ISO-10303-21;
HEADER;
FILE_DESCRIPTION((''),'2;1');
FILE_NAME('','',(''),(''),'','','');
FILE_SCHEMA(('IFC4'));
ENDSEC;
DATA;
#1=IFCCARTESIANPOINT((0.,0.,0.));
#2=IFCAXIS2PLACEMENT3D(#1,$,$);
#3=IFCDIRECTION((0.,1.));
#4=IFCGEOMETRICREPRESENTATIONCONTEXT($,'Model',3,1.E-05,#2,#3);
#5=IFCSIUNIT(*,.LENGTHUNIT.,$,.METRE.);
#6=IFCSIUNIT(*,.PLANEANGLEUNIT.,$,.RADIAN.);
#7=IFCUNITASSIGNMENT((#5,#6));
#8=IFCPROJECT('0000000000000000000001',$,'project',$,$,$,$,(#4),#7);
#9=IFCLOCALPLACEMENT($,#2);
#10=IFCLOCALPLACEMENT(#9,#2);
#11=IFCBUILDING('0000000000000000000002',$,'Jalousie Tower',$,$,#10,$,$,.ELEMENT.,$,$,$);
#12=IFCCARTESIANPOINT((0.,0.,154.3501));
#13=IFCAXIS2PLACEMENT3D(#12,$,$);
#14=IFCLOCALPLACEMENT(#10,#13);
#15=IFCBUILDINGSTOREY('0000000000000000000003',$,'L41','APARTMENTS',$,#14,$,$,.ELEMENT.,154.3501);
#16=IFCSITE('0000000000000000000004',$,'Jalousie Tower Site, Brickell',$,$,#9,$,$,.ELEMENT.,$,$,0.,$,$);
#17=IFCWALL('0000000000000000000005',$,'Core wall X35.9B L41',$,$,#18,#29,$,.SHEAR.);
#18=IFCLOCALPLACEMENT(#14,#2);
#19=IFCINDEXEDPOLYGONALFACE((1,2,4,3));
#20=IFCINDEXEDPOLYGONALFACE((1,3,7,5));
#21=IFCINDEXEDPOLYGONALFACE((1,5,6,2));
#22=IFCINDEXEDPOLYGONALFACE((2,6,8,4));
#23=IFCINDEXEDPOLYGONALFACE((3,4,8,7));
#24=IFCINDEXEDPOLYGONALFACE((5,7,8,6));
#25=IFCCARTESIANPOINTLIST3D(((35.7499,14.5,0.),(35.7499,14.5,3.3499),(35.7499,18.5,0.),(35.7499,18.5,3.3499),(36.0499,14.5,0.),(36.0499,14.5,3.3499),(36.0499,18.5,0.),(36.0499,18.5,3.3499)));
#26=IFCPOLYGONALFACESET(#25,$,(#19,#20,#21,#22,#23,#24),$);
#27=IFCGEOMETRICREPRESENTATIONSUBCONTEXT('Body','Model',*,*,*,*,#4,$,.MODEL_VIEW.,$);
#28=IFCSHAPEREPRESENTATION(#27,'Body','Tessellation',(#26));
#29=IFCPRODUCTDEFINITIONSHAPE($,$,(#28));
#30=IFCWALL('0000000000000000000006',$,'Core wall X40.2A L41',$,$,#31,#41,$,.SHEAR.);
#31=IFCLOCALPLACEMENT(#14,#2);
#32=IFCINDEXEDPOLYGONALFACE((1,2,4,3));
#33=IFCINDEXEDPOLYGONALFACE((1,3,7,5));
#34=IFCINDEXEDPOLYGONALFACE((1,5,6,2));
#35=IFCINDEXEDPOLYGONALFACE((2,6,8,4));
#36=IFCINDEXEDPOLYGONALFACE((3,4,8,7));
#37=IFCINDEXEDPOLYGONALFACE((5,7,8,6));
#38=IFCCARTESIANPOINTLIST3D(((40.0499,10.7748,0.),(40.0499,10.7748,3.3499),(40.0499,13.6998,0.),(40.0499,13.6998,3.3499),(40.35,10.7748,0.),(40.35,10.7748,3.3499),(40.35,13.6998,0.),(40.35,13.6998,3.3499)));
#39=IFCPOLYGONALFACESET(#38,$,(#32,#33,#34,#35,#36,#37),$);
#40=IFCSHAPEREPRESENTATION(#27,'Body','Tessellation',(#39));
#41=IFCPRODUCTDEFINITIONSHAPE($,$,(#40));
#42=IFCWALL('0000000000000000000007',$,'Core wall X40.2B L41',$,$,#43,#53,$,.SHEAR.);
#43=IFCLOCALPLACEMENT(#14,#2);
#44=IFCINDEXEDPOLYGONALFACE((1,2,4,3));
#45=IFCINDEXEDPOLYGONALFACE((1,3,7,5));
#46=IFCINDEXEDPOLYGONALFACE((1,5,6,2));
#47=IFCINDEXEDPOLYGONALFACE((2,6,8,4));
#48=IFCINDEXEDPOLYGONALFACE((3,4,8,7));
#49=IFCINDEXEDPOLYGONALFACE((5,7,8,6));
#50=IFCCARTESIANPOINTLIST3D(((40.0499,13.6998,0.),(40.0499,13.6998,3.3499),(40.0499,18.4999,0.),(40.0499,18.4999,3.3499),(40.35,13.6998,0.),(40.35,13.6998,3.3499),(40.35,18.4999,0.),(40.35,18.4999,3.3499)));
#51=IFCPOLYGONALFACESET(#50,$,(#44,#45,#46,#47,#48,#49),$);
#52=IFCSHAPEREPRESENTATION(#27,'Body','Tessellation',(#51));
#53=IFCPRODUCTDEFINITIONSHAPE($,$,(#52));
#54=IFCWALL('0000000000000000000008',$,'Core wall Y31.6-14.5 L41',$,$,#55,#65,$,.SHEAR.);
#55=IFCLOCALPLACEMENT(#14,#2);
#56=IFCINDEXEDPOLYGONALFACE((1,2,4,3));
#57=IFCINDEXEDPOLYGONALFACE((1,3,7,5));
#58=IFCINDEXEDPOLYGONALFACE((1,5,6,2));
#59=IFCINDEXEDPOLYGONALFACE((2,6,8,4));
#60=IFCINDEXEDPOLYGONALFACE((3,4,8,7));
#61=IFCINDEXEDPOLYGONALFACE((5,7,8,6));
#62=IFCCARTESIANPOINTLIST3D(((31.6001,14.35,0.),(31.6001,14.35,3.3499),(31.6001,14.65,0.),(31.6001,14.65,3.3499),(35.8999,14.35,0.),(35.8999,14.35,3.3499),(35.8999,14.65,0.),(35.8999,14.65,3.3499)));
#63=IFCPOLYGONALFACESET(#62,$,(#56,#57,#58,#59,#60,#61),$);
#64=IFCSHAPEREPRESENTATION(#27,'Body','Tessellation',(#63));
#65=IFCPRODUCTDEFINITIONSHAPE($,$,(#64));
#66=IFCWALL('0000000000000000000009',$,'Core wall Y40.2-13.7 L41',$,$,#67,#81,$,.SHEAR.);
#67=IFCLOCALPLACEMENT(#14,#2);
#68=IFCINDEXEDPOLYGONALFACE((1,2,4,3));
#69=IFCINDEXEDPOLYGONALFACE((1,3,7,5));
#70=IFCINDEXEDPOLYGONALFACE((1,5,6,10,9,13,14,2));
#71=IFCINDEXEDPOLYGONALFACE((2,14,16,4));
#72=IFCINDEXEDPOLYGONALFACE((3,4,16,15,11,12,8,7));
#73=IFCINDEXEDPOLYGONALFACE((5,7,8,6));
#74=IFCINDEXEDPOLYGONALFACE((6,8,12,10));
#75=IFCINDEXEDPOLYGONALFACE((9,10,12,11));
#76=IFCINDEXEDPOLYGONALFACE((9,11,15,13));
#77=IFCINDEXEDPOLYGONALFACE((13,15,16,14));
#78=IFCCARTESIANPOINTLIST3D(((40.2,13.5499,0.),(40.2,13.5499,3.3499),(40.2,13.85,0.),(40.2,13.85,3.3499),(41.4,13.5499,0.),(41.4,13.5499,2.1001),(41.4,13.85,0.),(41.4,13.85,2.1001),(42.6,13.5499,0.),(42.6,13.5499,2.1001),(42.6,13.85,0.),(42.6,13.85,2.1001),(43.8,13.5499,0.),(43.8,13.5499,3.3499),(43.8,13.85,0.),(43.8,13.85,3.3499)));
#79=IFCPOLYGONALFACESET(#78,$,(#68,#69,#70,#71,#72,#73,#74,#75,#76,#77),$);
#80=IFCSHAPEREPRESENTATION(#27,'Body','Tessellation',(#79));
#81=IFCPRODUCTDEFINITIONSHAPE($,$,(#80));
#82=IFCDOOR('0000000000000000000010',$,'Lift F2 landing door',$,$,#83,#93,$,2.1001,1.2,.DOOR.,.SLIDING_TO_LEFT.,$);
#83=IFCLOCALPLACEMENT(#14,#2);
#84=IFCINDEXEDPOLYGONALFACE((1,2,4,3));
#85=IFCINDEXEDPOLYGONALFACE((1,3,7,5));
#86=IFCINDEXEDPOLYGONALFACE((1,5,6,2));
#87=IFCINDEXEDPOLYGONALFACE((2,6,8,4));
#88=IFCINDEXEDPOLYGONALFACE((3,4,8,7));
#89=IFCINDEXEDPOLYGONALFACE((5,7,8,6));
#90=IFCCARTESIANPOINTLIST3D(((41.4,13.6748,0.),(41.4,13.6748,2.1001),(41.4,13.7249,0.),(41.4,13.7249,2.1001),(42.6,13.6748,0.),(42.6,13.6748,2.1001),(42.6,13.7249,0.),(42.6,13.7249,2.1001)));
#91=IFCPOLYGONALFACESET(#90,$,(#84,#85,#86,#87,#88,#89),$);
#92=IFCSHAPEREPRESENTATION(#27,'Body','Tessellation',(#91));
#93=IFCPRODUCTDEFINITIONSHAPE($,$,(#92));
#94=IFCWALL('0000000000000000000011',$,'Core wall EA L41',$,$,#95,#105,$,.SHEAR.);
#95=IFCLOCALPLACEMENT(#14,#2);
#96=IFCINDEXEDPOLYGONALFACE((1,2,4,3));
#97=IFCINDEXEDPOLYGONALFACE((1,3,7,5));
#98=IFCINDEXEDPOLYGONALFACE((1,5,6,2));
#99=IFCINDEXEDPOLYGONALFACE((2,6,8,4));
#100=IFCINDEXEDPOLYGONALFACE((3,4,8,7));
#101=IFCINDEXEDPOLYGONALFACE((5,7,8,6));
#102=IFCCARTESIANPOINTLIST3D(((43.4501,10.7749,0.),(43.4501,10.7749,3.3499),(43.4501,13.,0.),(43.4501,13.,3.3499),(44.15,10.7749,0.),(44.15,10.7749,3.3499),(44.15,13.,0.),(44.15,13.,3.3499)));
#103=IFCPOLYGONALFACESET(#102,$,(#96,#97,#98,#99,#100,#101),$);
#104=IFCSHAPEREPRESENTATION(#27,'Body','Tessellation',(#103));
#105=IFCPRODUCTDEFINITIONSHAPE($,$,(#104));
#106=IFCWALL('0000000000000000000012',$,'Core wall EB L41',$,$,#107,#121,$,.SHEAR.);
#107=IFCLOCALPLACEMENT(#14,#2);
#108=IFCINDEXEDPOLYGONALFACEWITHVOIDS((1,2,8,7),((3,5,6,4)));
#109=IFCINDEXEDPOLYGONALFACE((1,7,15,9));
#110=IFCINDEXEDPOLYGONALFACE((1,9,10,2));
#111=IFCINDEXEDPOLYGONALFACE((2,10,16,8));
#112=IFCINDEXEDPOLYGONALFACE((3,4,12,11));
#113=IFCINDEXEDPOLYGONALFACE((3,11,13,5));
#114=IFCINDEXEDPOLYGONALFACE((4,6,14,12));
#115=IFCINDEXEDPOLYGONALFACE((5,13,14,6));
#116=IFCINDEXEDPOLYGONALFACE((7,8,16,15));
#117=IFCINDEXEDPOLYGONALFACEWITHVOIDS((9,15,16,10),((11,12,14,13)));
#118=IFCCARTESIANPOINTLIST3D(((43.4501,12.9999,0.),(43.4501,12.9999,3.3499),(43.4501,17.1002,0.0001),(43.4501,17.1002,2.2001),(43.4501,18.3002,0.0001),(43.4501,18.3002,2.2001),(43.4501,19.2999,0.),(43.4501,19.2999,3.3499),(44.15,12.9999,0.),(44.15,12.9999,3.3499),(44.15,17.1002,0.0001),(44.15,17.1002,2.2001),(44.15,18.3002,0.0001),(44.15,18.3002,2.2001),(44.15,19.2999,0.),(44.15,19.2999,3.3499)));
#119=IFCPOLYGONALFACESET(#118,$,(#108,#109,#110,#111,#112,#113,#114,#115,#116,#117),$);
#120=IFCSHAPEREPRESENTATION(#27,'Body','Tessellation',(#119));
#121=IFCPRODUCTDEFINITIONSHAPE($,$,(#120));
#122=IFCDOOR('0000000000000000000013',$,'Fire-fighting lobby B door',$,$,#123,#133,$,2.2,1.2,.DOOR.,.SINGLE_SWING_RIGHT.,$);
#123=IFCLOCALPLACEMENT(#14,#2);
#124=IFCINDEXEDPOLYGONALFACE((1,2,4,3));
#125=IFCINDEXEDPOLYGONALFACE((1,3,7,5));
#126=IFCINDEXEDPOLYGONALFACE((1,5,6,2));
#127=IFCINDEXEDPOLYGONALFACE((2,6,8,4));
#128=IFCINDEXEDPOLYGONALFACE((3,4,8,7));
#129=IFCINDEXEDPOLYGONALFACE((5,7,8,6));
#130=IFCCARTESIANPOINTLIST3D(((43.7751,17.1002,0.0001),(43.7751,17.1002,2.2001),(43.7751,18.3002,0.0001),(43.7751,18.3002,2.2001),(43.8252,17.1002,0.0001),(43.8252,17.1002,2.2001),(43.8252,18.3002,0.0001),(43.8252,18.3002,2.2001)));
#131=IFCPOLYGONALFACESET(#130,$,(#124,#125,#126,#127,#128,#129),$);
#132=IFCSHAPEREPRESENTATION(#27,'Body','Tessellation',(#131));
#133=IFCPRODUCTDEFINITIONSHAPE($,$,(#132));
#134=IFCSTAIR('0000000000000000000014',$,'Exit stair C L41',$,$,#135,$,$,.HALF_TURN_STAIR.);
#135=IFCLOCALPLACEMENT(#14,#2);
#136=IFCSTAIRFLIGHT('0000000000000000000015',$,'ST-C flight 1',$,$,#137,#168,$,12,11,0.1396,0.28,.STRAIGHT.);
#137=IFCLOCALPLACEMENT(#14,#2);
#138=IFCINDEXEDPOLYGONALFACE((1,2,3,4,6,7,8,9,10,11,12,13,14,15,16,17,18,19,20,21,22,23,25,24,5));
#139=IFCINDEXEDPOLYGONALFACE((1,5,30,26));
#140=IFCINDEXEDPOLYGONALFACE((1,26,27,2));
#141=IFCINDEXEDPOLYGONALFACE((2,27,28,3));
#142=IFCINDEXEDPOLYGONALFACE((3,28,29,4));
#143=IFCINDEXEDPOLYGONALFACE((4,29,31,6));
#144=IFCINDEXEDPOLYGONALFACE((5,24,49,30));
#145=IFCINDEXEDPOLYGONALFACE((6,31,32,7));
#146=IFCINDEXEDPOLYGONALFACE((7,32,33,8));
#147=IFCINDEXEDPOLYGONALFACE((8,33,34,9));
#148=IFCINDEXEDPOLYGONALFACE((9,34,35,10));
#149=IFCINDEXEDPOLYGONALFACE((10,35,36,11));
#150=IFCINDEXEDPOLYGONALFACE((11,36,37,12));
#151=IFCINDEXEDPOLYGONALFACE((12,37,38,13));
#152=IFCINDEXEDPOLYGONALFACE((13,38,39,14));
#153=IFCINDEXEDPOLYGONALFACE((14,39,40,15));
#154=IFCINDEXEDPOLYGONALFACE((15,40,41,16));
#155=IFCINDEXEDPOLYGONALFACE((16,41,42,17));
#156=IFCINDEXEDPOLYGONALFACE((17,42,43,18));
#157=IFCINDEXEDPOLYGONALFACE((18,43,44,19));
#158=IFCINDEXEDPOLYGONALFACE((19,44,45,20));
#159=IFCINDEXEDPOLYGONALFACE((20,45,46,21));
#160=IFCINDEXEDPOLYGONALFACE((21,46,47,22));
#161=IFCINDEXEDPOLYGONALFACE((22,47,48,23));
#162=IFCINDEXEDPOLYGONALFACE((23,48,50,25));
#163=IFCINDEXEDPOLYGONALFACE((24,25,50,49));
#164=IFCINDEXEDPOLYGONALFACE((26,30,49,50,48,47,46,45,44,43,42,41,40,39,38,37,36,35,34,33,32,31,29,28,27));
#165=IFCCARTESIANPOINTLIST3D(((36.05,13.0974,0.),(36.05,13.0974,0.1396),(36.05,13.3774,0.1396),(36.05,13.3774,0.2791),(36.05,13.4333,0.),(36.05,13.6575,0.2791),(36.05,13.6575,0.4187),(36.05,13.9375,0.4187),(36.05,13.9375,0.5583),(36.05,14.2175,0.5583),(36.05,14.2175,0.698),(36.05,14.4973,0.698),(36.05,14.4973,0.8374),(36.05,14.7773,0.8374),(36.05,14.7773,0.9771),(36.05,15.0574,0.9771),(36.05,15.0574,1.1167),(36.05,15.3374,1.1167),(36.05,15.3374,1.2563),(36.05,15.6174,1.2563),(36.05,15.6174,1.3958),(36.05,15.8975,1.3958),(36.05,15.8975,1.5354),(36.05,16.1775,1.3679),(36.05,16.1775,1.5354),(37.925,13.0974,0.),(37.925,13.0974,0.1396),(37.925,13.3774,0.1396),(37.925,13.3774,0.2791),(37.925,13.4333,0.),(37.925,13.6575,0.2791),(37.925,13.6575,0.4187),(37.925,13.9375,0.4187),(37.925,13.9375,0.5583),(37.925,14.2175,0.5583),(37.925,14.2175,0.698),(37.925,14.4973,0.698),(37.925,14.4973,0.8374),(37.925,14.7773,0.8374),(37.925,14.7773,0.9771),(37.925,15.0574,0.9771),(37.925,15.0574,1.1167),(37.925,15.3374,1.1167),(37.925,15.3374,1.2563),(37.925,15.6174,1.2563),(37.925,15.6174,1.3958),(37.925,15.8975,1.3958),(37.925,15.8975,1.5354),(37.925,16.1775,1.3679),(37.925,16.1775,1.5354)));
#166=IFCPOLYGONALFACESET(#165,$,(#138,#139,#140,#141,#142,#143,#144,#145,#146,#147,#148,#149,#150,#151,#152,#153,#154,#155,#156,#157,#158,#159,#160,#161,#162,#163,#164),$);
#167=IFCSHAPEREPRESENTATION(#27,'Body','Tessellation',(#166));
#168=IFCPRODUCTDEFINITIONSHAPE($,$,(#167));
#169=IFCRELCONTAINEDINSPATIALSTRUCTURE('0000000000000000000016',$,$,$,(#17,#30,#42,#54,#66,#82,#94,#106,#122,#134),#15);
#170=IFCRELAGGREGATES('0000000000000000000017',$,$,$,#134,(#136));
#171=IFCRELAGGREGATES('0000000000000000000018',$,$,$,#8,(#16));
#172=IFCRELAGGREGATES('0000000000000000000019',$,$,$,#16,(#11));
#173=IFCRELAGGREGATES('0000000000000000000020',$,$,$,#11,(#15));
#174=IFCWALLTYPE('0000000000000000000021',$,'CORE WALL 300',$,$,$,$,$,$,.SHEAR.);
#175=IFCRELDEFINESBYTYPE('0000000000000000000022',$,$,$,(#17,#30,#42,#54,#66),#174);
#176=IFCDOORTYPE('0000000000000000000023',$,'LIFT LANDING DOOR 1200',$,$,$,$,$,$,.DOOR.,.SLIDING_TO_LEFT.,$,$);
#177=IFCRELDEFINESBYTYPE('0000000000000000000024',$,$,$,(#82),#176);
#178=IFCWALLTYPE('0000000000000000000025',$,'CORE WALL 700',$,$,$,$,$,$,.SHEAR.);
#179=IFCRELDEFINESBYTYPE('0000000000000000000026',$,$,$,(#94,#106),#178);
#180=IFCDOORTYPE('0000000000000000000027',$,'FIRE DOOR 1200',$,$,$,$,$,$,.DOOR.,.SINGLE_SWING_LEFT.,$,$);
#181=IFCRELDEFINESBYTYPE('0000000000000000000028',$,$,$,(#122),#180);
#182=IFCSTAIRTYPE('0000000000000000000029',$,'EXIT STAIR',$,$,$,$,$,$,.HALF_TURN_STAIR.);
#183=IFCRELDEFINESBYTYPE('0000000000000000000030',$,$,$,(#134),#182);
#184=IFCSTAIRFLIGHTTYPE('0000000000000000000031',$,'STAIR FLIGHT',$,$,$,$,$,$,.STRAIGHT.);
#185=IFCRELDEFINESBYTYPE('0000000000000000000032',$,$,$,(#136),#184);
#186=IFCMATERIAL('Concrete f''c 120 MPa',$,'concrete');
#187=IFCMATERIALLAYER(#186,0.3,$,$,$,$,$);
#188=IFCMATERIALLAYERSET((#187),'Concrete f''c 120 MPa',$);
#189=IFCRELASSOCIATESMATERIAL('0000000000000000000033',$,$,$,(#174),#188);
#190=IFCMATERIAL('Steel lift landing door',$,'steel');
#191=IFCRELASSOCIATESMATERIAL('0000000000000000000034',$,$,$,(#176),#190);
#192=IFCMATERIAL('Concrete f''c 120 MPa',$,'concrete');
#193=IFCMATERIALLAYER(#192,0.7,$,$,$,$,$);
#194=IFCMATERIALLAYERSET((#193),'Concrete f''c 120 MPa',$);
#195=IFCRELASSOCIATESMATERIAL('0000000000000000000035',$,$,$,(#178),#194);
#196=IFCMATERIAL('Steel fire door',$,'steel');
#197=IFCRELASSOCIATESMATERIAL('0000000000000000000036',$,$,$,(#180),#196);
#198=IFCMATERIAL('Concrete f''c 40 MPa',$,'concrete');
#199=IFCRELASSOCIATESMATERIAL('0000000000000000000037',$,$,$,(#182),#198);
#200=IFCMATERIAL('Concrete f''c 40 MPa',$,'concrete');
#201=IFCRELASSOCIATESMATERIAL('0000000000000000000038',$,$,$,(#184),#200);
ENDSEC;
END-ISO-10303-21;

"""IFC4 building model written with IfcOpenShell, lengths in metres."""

from ifc_helpers import new_model, si_unit, direction, frame, frame_2d, origin, place, context, subcontext, project, spatial, polyline, rectangle, outline, extrude, material, layer, layer_set, type_object, element, fill, aggregate, save


model = new_model("IFC4")

# Units and contexts
model_context = context("Model", 3, precision=1e-05, world=origin(), true_north=direction((0.0, 1.0)))
body_context = subcontext(model_context, "Body", "Model", "MODEL_VIEW")
ifc_project = project(units=[si_unit("LENGTHUNIT", "METRE"), si_unit("PLANEANGLEUNIT", "RADIAN")], contexts=[model_context])

# Site, building, storey
site_placement = place(None, origin())
site = spatial("IfcSite", under=ifc_project, at=site_placement, Name="Jalousie Tower Site, Brickell", CompositionType="ELEMENT", RefElevation=0.0)
building_placement = place(site_placement, origin())
building = spatial("IfcBuilding", under=site, at=building_placement, Name="Jalousie Tower", CompositionType="ELEMENT")
storey_placement = place(building_placement, frame((0.0, 0.0, 154.3501)))
storey = spatial("IfcBuildingStorey", under=building, at=storey_placement, Name="L41", Description="APARTMENTS", CompositionType="ELEMENT", Elevation=154.3501)

# Walls
ifc_material_1 = material(Name="Concrete f'c 120 MPa", Category="concrete")
ifc_layer_1 = layer(ifc_material_1, 0.3)
ifc_layer_set_1 = layer_set([ifc_layer_1], Name="Concrete f'c 120 MPa")
wall_type_1 = type_object("IfcWallType", Name="CORE WALL 300", PredefinedType="SHEAR", material=ifc_layer_set_1)
wall_1_placement = place(storey_placement, frame((35.8999, 14.5, 0.0), z_axis=(0.0, 0.0, 1.0), x_axis=(0.0, 1.0, 0.0)))
element("IfcWall", 1, at=wall_1_placement, inside=storey, type_object=wall_type_1, Name="Core wall X35.9B L41", PredefinedType="SHEAR", context=body_context, shape_type="SweptSolid", body=[
    extrude(rectangle(XDim=4.0, YDim=0.3, at=frame_2d((2.0, 0.0))), origin(), (0.0, 0.0, 1.0), 3.3499),
])
wall_2_placement = place(storey_placement, frame((40.2, 10.7749, 0.0), z_axis=(0.0, 0.0, 1.0), x_axis=(0.0, 1.0, 0.0)))
element("IfcWall", 2, at=wall_2_placement, inside=storey, type_object=wall_type_1, Name="Core wall X40.2A L41", PredefinedType="SHEAR", context=body_context, shape_type="SweptSolid", body=[
    extrude(rectangle(XDim=2.925, YDim=0.3, at=frame_2d((1.4624, 0.0))), origin(), (0.0, 0.0, 1.0), 3.3499),
])
wall_3_placement = place(storey_placement, frame((40.2, 13.7, 0.0), z_axis=(0.0, 0.0, 1.0), x_axis=(0.0, 1.0, 0.0)))
element("IfcWall", 3, at=wall_3_placement, inside=storey, type_object=wall_type_1, Name="Core wall X40.2B L41", PredefinedType="SHEAR", context=body_context, shape_type="SweptSolid", body=[
    extrude(rectangle(XDim=4.8, YDim=0.3, at=frame_2d((2.3999, 0.0))), origin(), (0.0, 0.0, 1.0), 3.3499),
])
wall_4_placement = place(storey_placement, frame((31.6001, 14.5, 0.0), z_axis=(0.0, 0.0, 1.0), x_axis=(1.0, 0.0, 0.0)))
element("IfcWall", 4, at=wall_4_placement, inside=storey, type_object=wall_type_1, Name="Core wall Y31.6-14.5 L41", PredefinedType="SHEAR", context=body_context, shape_type="SweptSolid", body=[
    extrude(rectangle(XDim=4.2998, YDim=0.3, at=frame_2d((2.1499, 0.0))), origin(), (0.0, 0.0, 1.0), 3.3499),
])

# Wall, opening, door
wall_5_placement = place(storey_placement, frame((40.2, 13.7, 0.0), z_axis=(0.0, 0.0, 1.0), x_axis=(1.0, 0.0, 0.0)))
wall_5 = element("IfcWall", 5, at=wall_5_placement, inside=storey, type_object=wall_type_1, Name="Core wall Y40.2-13.7 L41", PredefinedType="SHEAR", context=body_context, shape_type="SweptSolid", body=[
    extrude(rectangle(XDim=3.6001, YDim=0.3, at=frame_2d((1.8, 0.0))), origin(), (0.0, 0.0, 1.0), 3.3499),
])
opening_1_placement = place(wall_5_placement, frame((1.2, 0.0, 0.0)))
opening_1 = element("IfcOpeningElement", 6, at=opening_1_placement, cuts=wall_5, PredefinedType="OPENING", context=body_context, shape_type="SweptSolid", body=[
    extrude(rectangle(XDim=1.2, YDim=2.1001, at=frame_2d((0.6001, 1.05))), frame((0.0, 0.1599, 0.0), z_axis=(0.0, -1.0, 0.0), x_axis=(1.0, 0.0, 0.0)), (0.0, 0.0, 1.0), 0.3201),
])
ifc_material_2 = material(Name="Steel lift landing door", Category="steel")
door_type_1 = type_object("IfcDoorType", Name="LIFT LANDING DOOR 1200", OperationType="SLIDING_TO_LEFT", PredefinedType="DOOR", material=ifc_material_2)
door_1_placement = place(opening_1_placement, origin())
door_1 = element("IfcDoor", 7, at=door_1_placement, inside=storey, type_object=door_type_1, Name="Lift F2 landing door", OperationType="SLIDING_TO_LEFT", OverallHeight=2.1001, OverallWidth=1.2, PredefinedType="DOOR", context=body_context, shape_type="SweptSolid", body=[
    extrude(rectangle(XDim=1.2, YDim=2.1001, at=frame_2d((0.6001, 1.05))), frame((0.0, 0.0249, 0.0), z_axis=(0.0, -1.0, 0.0), x_axis=(1.0, 0.0, 0.0)), (0.0, 0.0, 1.0), 0.05),
])
fill(opening_1, door_1)

# Wall
ifc_material_3 = material(Name="Concrete f'c 120 MPa", Category="concrete")
ifc_layer_2 = layer(ifc_material_3, 0.7)
ifc_layer_set_2 = layer_set([ifc_layer_2], Name="Concrete f'c 120 MPa")
wall_type_2 = type_object("IfcWallType", Name="CORE WALL 700", PredefinedType="SHEAR", material=ifc_layer_set_2)
wall_6_placement = place(storey_placement, frame((43.8, 10.7749, 0.0), z_axis=(0.0, 0.0, 1.0), x_axis=(0.0, 1.0, 0.0)))
element("IfcWall", 8, at=wall_6_placement, inside=storey, type_object=wall_type_2, Name="Core wall EA L41", PredefinedType="SHEAR", context=body_context, shape_type="SweptSolid", body=[
    extrude(rectangle(XDim=2.2251, YDim=0.7, at=frame_2d((1.1125, 0.0))), origin(), (0.0, 0.0, 1.0), 3.3499),
])

# Wall, opening, door
wall_7_placement = place(storey_placement, frame((43.8, 13.0, 0.0), z_axis=(0.0, 0.0, 1.0), x_axis=(0.0, 1.0, 0.0)))
wall_7 = element("IfcWall", 9, at=wall_7_placement, inside=storey, type_object=wall_type_2, Name="Core wall EB L41", PredefinedType="SHEAR", context=body_context, shape_type="SweptSolid", body=[
    extrude(rectangle(XDim=6.3, YDim=0.7, at=frame_2d((3.1499, 0.0))), origin(), (0.0, 0.0, 1.0), 3.3499),
])
opening_2_placement = place(wall_7_placement, frame((4.1001, 0.0, 0.0)))
opening_2 = element("IfcOpeningElement", 10, at=opening_2_placement, cuts=wall_7, PredefinedType="OPENING", context=body_context, shape_type="SweptSolid", body=[
    extrude(rectangle(XDim=1.2, YDim=2.2, at=frame_2d((0.6001, 1.1001))), frame((0.0, 0.3599, 0.0), z_axis=(0.0, -1.0, 0.0), x_axis=(1.0, 0.0, 0.0)), (0.0, 0.0, 1.0), 0.72),
])
ifc_material_4 = material(Name="Steel fire door", Category="steel")
door_type_2 = type_object("IfcDoorType", Name="FIRE DOOR 1200", OperationType="SINGLE_SWING_LEFT", PredefinedType="DOOR", material=ifc_material_4)
door_2_placement = place(opening_2_placement, origin())
door_2 = element("IfcDoor", 11, at=door_2_placement, inside=storey, type_object=door_type_2, Name="Fire-fighting lobby B door", OperationType="SINGLE_SWING_RIGHT", OverallHeight=2.2, OverallWidth=1.2, PredefinedType="DOOR", context=body_context, shape_type="SweptSolid", body=[
    extrude(rectangle(XDim=1.2, YDim=2.2, at=frame_2d((0.6001, 1.1001))), frame((0.0, 0.0249, 0.0), z_axis=(0.0, -1.0, 0.0), x_axis=(1.0, 0.0, 0.0)), (0.0, 0.0, 1.0), 0.05),
])
fill(opening_2, door_2)

# Stair, stair flight
ifc_material_5 = material(Name="Concrete f'c 40 MPa", Category="concrete")
stair_type = type_object("IfcStairType", Name="EXIT STAIR", PredefinedType="HALF_TURN_STAIR", material=ifc_material_5)
stair_placement = place(storey_placement, origin())
stair = element("IfcStair", 12, at=stair_placement, inside=storey, type_object=stair_type, Name="Exit stair C L41", PredefinedType="HALF_TURN_STAIR")
ifc_material_6 = material(Name="Concrete f'c 40 MPa", Category="concrete")
stair_flight_type = type_object("IfcStairFlightType", Name="STAIR FLIGHT", PredefinedType="STRAIGHT", material=ifc_material_6)
stair_flight_1_placement = place(storey_placement, frame((36.9875, 13.0974, 0.0), z_axis=(0.0, 0.0, 1.0), x_axis=(0.0, 1.0, 0.0)))
stair_flight_1 = element("IfcStairFlight", 13, at=stair_flight_1_placement, type_object=stair_flight_type, Name="ST-C flight 1", NumberOfRisers=12, NumberOfTreads=11, PredefinedType="STRAIGHT", RiserHeight=0.1396, TreadLength=0.28, context=body_context, shape_type="SweptSolid", body=[
    extrude(outline(polyline([(0.0, 0.0), (0.0, 0.1396), (0.28, 0.1396), (0.28, 0.2791), (0.5601, 0.2791), (0.5601, 0.4187), (0.8401, 0.4187), (0.8401, 0.5583), (1.1201, 0.5583), (1.1201, 0.698), (1.3999, 0.698), (1.3999, 0.8374), (1.6799, 0.8374), (1.6799, 0.9771), (1.96, 0.9771), (1.96, 1.1167), (2.24, 1.1167), (2.24, 1.2563), (2.52, 1.2563), (2.52, 1.3958), (2.8, 1.3958), (2.8, 1.5354), (3.0801, 1.5354), (3.0801, 1.675), (3.0801, 1.3679), (0.3359, 0.0), (0.0, 0.0)])), frame((0.0, 0.9375, 0.0), z_axis=(0.0, -1.0, 0.0), x_axis=(1.0, 0.0, 0.0)), (0.0, 0.0, 1.0), 1.875),
])
aggregate(stair, [stair_flight_1])

save(model, "model.ifc")
